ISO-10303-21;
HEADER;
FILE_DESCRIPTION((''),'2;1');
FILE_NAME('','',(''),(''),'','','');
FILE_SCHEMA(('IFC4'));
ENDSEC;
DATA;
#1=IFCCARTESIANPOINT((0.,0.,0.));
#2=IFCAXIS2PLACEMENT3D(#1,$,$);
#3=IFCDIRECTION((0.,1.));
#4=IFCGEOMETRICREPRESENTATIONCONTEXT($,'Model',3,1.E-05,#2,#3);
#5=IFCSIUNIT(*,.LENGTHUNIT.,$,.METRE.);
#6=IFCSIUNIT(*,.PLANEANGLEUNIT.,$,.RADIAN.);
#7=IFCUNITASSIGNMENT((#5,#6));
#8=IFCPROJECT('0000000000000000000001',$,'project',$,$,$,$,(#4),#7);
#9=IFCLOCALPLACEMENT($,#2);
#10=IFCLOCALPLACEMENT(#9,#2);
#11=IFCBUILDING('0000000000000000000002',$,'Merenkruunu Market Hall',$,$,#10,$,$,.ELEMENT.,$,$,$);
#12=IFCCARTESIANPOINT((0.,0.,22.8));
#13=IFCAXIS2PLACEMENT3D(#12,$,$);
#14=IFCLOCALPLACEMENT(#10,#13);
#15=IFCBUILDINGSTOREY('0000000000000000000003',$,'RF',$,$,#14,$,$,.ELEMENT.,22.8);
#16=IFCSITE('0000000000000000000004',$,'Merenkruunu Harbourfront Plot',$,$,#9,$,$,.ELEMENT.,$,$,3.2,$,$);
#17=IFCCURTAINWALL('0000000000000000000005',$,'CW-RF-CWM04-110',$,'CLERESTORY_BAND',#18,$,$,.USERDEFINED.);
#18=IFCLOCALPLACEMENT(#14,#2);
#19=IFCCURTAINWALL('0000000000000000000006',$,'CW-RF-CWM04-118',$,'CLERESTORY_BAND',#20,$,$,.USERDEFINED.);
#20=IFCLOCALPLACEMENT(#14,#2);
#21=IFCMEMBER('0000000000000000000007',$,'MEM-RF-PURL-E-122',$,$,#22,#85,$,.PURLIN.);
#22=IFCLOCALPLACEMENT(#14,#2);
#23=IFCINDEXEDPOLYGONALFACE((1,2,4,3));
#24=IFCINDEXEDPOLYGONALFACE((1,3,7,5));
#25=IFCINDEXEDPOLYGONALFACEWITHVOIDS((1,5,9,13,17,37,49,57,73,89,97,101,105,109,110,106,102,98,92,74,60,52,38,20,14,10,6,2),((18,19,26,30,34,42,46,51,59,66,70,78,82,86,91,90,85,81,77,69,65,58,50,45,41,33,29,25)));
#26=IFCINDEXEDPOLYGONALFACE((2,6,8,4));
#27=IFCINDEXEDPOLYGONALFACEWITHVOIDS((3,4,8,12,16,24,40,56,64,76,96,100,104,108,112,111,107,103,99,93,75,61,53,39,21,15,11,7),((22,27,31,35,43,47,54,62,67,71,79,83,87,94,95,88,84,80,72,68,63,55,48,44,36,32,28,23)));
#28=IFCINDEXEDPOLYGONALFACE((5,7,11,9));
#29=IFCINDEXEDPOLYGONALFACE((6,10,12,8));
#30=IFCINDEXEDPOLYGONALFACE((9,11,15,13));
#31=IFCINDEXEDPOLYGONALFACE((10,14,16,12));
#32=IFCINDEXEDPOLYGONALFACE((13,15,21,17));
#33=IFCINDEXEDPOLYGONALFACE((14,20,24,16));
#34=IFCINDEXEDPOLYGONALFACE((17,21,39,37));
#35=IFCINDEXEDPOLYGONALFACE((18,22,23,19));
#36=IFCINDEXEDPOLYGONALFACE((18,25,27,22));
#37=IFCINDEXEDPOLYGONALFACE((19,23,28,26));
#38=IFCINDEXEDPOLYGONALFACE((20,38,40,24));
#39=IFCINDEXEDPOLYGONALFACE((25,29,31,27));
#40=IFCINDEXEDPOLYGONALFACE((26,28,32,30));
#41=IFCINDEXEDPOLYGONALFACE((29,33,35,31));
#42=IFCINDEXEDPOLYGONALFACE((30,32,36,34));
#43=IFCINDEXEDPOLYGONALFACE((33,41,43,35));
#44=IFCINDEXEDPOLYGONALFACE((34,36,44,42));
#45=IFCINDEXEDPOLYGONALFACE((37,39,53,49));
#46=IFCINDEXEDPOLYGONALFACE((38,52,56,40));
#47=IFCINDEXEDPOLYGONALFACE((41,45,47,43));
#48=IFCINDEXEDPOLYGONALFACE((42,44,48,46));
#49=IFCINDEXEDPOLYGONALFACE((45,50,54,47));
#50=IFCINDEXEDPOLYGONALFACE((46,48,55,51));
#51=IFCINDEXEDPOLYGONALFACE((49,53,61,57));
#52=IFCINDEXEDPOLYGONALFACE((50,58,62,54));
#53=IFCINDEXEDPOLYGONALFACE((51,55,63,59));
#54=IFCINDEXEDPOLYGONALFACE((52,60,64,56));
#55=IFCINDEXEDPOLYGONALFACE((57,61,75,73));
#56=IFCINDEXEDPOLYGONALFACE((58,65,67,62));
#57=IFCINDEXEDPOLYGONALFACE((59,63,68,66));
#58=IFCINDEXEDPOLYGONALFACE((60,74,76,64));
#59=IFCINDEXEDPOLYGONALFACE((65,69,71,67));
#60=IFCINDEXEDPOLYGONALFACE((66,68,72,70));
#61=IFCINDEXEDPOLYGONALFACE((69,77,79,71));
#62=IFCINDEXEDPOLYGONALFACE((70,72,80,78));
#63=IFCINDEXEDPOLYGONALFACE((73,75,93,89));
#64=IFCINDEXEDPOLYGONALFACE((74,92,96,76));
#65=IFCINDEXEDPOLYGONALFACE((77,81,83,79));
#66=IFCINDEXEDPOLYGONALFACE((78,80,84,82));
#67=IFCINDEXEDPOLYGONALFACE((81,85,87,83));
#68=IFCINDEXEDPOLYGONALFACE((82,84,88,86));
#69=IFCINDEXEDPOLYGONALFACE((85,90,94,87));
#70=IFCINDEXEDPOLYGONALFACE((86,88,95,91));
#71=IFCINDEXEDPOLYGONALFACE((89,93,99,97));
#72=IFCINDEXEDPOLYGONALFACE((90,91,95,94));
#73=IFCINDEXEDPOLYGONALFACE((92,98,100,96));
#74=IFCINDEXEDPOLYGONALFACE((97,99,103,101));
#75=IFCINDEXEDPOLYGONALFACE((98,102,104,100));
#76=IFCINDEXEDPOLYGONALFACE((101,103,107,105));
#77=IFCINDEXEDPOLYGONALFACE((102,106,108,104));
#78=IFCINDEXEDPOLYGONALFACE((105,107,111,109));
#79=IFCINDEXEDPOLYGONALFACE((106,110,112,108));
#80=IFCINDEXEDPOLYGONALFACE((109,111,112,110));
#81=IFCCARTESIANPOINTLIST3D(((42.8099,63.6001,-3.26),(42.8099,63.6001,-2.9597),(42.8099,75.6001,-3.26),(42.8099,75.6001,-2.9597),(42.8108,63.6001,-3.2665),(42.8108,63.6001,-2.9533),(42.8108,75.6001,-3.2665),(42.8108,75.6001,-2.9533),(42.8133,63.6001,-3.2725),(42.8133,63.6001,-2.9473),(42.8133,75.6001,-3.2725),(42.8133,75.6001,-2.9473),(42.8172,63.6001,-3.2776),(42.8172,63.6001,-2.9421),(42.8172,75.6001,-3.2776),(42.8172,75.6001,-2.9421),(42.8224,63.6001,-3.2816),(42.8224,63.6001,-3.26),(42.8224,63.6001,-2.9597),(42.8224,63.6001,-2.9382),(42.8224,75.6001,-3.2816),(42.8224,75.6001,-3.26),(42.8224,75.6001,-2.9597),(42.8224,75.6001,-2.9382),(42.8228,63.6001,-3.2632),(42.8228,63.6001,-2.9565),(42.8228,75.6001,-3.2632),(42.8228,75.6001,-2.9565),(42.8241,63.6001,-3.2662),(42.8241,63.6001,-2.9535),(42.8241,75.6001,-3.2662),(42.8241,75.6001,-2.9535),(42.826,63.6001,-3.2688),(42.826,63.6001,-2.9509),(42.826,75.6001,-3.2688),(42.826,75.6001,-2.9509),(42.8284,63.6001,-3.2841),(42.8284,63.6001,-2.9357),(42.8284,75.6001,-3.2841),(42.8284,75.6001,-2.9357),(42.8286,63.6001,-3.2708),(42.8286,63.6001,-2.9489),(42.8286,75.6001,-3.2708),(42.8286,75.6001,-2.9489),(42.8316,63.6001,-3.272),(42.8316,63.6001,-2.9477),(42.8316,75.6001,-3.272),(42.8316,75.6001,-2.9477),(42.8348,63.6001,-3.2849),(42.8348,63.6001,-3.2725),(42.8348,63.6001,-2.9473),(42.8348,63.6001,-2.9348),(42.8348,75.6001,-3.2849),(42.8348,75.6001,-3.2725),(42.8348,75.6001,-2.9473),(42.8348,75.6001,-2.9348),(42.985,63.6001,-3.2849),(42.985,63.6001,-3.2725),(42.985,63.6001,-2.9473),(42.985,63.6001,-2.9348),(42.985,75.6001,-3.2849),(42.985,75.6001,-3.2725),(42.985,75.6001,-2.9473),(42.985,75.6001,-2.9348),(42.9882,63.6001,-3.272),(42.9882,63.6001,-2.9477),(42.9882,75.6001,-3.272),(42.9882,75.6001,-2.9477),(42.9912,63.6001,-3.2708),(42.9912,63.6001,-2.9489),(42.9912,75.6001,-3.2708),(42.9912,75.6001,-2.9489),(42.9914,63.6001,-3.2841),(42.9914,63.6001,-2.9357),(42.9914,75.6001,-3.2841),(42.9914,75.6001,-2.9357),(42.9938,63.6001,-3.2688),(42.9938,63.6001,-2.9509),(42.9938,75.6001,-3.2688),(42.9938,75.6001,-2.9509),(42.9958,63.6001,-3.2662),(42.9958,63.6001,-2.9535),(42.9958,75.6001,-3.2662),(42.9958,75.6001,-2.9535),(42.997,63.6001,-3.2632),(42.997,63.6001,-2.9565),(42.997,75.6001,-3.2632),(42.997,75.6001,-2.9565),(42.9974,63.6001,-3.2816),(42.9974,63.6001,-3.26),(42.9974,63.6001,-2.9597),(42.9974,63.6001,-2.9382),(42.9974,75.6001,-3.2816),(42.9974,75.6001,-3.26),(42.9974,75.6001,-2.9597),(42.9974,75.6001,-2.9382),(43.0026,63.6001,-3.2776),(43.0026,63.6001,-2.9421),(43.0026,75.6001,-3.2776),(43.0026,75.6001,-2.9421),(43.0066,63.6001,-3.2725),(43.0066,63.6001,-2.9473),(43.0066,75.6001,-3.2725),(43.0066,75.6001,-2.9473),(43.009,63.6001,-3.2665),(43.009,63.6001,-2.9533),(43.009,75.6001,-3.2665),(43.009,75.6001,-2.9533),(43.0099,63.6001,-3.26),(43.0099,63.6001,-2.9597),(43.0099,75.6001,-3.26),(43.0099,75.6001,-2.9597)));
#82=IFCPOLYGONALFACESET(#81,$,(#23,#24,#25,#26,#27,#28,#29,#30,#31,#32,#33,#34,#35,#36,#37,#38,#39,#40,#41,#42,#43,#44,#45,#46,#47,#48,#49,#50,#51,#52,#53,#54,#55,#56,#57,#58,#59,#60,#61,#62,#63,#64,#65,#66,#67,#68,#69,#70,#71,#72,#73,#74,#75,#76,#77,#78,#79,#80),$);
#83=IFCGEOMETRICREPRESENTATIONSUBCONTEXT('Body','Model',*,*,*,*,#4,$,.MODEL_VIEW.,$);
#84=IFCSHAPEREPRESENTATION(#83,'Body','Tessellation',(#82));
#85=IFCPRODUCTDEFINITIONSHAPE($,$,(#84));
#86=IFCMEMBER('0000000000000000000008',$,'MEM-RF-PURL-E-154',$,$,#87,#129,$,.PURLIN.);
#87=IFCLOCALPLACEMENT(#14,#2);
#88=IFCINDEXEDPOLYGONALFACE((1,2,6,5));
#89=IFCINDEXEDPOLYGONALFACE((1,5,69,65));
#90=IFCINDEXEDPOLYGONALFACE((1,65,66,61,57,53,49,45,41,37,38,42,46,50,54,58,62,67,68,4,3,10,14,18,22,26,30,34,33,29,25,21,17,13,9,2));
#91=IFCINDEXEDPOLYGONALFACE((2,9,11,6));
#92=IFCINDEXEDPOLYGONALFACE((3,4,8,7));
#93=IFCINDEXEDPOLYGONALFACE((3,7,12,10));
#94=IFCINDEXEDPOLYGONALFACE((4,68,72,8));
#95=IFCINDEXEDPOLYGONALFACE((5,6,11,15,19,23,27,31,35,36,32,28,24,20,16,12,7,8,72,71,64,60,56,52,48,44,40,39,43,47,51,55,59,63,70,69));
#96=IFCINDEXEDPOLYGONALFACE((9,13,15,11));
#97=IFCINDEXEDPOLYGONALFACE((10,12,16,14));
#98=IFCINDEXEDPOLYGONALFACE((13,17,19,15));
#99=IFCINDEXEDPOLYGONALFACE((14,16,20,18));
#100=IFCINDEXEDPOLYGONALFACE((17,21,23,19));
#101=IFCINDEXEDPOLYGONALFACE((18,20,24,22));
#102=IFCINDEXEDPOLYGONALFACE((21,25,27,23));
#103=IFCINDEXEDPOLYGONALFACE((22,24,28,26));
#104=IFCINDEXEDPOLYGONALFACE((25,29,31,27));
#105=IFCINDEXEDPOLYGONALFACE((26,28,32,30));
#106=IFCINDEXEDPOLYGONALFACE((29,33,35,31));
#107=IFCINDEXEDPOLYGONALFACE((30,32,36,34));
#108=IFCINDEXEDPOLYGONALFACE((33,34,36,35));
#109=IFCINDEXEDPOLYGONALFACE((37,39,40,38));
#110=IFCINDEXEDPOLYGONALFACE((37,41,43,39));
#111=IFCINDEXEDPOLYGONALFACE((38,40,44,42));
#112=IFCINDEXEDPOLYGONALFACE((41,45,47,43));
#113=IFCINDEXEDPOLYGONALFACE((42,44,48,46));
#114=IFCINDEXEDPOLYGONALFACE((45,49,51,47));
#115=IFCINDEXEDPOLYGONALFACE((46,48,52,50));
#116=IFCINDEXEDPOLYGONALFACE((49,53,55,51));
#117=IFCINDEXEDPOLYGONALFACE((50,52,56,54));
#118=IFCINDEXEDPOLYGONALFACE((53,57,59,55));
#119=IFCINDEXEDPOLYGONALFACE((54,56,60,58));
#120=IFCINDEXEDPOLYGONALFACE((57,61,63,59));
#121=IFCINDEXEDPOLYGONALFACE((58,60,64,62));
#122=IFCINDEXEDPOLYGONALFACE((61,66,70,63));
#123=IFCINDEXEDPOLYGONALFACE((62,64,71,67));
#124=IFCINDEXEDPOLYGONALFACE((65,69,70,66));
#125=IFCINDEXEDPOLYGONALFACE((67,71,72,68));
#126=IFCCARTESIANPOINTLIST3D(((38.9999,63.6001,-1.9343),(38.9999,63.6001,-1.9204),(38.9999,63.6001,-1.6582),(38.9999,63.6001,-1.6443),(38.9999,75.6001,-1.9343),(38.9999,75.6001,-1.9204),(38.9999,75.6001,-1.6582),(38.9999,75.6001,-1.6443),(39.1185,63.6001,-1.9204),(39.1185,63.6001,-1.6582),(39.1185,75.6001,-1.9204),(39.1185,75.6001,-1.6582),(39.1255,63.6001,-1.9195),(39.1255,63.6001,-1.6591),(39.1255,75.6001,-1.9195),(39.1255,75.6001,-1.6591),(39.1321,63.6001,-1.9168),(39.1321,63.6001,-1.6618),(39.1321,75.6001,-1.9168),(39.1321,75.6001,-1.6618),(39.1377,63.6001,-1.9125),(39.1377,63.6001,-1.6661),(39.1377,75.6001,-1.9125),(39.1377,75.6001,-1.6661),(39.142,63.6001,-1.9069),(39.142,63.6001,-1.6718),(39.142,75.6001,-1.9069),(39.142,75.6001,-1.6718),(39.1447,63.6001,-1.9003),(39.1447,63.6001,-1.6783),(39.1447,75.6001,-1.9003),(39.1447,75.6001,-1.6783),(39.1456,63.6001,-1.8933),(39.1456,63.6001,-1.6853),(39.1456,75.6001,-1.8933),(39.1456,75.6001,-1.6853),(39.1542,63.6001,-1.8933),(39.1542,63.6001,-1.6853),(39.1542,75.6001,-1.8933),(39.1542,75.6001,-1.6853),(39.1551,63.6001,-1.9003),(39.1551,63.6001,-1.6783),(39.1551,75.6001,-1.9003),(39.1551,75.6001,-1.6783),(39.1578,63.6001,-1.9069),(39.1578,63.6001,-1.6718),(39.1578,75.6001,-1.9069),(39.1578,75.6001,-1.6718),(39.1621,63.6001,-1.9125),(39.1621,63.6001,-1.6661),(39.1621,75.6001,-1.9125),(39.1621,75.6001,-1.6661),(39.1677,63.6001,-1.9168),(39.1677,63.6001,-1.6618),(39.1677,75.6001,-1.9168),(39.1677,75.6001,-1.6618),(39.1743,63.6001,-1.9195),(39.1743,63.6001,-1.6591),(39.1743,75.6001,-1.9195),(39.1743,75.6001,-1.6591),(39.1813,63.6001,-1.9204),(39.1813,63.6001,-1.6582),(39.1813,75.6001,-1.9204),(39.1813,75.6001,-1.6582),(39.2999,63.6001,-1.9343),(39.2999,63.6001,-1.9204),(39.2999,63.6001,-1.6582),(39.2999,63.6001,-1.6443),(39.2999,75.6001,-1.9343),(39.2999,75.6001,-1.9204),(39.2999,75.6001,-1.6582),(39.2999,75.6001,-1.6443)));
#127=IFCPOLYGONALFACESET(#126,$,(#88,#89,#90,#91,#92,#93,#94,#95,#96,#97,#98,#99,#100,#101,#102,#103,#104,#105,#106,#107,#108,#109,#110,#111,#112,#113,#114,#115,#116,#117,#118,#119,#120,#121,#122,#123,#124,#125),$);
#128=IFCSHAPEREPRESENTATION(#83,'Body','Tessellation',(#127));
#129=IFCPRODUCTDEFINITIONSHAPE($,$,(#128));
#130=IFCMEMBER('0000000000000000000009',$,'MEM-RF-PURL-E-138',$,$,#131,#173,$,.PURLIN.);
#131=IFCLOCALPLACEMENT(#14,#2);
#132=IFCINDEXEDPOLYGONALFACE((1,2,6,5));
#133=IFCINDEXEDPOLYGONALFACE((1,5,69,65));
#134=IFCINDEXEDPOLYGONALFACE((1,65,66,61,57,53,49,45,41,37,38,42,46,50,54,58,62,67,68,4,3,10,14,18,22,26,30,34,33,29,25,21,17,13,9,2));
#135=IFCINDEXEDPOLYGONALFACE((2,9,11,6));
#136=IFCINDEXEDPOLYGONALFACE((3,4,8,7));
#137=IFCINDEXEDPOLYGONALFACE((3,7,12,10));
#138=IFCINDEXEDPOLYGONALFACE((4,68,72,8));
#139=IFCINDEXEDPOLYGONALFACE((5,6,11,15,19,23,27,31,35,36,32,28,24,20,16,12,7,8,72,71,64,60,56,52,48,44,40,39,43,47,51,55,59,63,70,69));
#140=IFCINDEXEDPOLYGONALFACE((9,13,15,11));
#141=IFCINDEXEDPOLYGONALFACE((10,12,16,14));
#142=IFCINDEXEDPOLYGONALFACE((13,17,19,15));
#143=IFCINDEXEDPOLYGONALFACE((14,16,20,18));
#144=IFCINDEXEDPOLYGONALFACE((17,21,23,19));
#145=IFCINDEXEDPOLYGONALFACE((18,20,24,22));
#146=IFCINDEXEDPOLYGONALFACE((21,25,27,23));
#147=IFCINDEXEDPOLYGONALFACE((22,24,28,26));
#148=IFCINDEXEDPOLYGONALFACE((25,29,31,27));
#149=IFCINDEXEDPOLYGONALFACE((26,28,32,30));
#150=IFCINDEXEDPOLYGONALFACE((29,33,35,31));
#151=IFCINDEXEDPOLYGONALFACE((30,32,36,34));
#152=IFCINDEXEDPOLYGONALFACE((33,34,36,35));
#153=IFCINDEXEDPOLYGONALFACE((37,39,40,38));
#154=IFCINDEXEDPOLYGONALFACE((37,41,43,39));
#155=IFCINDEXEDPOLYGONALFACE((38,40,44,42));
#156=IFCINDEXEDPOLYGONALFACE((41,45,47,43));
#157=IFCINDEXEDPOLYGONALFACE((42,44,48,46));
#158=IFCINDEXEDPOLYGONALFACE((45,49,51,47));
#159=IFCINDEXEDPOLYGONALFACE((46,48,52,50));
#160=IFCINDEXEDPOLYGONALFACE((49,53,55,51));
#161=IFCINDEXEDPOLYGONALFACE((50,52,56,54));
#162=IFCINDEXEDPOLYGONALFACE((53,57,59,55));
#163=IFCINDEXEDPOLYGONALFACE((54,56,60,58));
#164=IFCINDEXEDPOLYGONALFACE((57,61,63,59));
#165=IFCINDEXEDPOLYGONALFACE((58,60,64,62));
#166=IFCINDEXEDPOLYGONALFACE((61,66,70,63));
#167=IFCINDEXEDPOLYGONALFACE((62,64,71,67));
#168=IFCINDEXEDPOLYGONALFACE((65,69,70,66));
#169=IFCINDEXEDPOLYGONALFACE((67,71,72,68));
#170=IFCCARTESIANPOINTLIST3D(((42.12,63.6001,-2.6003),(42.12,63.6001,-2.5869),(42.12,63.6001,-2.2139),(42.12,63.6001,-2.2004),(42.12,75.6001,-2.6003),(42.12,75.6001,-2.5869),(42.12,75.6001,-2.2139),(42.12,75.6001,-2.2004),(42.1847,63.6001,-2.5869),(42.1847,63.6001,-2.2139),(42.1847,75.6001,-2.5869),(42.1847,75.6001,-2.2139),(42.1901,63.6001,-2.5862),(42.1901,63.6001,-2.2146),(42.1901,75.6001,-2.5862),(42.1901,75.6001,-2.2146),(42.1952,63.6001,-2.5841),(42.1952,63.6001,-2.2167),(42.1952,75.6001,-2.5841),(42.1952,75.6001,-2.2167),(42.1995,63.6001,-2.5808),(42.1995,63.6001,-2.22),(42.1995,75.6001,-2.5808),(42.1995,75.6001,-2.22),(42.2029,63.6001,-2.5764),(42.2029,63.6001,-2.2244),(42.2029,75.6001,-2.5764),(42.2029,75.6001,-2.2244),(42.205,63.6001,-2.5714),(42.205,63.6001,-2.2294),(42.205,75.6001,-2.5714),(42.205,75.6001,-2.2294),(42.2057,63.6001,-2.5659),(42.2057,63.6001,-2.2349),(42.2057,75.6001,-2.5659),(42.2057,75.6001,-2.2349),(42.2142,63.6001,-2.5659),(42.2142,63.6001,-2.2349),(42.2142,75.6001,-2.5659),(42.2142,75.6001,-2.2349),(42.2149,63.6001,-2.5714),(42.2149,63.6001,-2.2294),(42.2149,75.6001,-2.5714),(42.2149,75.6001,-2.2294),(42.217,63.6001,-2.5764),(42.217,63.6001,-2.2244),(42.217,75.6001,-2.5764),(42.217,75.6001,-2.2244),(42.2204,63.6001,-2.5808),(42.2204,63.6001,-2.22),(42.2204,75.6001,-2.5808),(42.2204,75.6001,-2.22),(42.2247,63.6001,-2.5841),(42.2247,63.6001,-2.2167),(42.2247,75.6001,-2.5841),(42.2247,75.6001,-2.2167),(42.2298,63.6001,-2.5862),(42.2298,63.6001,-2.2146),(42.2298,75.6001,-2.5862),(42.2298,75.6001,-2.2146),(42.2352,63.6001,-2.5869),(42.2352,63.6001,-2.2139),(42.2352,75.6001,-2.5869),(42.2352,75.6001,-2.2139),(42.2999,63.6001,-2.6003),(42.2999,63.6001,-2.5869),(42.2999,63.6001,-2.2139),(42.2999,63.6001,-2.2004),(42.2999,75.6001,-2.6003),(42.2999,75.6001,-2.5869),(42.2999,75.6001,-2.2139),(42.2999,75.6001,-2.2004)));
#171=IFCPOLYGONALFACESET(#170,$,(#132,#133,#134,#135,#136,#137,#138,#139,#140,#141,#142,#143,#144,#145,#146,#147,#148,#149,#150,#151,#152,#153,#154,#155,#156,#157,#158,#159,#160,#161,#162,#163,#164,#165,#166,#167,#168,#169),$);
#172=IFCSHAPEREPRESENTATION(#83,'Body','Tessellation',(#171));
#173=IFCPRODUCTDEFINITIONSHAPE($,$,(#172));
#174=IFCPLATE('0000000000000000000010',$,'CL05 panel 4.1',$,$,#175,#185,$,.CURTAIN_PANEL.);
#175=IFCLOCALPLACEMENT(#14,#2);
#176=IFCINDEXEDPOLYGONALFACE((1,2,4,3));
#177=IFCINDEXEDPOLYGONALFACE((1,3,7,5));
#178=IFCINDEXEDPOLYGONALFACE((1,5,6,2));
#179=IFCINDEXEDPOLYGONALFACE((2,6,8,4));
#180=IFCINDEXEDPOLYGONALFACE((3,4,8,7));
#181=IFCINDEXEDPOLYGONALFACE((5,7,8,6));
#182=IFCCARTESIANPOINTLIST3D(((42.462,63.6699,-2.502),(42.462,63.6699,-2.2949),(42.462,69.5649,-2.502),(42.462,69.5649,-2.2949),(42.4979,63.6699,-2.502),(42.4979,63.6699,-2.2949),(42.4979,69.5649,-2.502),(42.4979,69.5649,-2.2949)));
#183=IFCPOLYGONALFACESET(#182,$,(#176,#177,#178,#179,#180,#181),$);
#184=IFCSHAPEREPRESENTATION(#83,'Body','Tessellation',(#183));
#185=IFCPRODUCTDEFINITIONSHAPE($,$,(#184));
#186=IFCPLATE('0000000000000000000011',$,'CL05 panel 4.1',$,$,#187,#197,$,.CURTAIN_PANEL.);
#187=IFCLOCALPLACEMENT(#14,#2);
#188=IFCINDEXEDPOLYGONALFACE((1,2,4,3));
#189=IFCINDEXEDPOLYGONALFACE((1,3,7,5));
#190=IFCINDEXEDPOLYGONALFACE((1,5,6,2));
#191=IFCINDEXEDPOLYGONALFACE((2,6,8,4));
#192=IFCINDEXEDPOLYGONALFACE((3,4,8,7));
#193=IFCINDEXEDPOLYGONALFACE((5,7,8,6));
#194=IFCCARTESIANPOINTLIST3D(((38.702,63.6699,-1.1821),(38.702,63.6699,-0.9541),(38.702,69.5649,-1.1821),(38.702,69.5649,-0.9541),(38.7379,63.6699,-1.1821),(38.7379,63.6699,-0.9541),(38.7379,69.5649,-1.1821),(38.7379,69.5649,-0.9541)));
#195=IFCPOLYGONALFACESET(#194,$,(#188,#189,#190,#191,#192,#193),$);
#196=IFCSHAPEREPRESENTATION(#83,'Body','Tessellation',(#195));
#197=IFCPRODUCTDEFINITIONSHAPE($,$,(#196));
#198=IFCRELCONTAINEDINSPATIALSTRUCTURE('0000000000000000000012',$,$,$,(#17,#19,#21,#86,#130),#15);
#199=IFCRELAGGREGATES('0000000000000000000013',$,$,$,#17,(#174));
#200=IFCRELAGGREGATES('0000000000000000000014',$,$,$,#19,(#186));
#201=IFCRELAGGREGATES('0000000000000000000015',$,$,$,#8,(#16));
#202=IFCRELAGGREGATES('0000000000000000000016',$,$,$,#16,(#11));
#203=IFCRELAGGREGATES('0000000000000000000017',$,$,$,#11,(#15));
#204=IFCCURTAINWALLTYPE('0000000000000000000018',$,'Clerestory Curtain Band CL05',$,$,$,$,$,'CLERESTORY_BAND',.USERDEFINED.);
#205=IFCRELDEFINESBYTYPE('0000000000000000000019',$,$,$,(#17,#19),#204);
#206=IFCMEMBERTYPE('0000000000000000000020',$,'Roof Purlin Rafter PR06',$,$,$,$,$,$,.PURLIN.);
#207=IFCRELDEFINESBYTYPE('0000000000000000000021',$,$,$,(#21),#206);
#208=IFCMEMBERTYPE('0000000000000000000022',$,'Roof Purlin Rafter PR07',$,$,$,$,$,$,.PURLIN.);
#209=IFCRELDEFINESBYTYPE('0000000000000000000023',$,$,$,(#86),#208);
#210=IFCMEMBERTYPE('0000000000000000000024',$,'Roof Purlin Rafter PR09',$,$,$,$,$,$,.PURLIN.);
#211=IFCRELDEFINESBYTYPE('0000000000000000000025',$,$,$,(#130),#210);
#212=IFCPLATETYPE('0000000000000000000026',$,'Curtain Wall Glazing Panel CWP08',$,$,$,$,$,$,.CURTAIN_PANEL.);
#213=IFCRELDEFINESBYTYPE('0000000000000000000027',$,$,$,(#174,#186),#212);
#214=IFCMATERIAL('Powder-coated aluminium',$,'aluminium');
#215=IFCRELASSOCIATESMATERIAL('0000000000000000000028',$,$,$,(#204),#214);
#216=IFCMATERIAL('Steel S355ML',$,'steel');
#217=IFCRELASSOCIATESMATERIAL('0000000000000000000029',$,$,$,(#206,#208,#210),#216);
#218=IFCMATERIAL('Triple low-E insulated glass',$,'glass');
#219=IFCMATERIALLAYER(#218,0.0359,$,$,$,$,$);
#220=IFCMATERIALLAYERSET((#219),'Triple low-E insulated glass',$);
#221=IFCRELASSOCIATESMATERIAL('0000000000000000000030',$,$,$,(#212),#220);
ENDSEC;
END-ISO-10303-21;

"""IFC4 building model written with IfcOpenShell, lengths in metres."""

from ifc_helpers import new_model, si_unit, direction, frame, origin, origin_2d, place, context, subcontext, project, spatial, rectangle, hollow_rectangle, i_section, extrude, material, layer, layer_set, material_profile, profile_set, type_object, element, aggregate, save


model = new_model("IFC4")

# Units and contexts
model_context = context("Model", 3, precision=1e-05, world=origin(), true_north=direction((0.0, 1.0)))
body_context = subcontext(model_context, "Body", "Model", "MODEL_VIEW")
ifc_project = project(units=[si_unit("LENGTHUNIT", "METRE"), si_unit("PLANEANGLEUNIT", "RADIAN")], contexts=[model_context])

# Site, building, storey
site_placement = place(None, origin())
site = spatial("IfcSite", under=ifc_project, at=site_placement, Name="Merenkruunu Harbourfront Plot", CompositionType="ELEMENT", RefElevation=3.2)
building_placement = place(site_placement, origin())
building = spatial("IfcBuilding", under=site, at=building_placement, Name="Merenkruunu Market Hall", CompositionType="ELEMENT")
storey_placement = place(building_placement, frame((0.0, 0.0, 22.8)))
storey = spatial("IfcBuildingStorey", under=building, at=storey_placement, Name="RF", CompositionType="ELEMENT", Elevation=22.8)

# Shared definitions
ifc_material_1 = material(Name="Steel S355ML", Category="steel")

# Curtain walls
ifc_material_2 = material(Name="Powder-coated aluminium", Category="aluminium")
curtain_wall_type = type_object("IfcCurtainWallType", Name="Clerestory Curtain Band CL05", ElementType="CLERESTORY_BAND", PredefinedType="USERDEFINED", material=ifc_material_2)
curtain_wall_1_placement = place(storey_placement, origin())
curtain_wall_1 = element("IfcCurtainWall", 1, at=curtain_wall_1_placement, inside=storey, type_object=curtain_wall_type, Name="CW-RF-CWM04-110", ObjectType="CLERESTORY_BAND", PredefinedType="USERDEFINED")
curtain_wall_2_placement = place(storey_placement, origin())
curtain_wall_2 = element("IfcCurtainWall", 2, at=curtain_wall_2_placement, inside=storey, type_object=curtain_wall_type, Name="CW-RF-CWM04-118", ObjectType="CLERESTORY_BAND", PredefinedType="USERDEFINED")

# Members
ifc_material_profile_1 = material_profile(ifc_material_1, hollow_rectangle(XDim=0.2, YDim=0.3501, WallThickness=0.0125, InnerFilletRadius=0.0125, OuterFilletRadius=0.0249, at=origin_2d()), Name="RHS 350x200x12.5")
ifc_profile_set_1 = profile_set([ifc_material_profile_1], Name="Steel S355ML")
member_type_1 = type_object("IfcMemberType", Name="Roof Purlin Rafter PR06", PredefinedType="PURLIN", material=ifc_profile_set_1)
member_1_placement = place(storey_placement, frame((42.9099, 63.6001, -3.1099), z_axis=(0.0, 1.0, 0.0), x_axis=(-1.0, 0.0, 0.0)))
element("IfcMember", 3, at=member_1_placement, inside=storey, type_object=member_type_1, Name="MEM-RF-PURL-E-122", PredefinedType="PURLIN", context=body_context, shape_type="SweptSolid", body=[
    extrude(hollow_rectangle(XDim=0.2, YDim=0.3501, WallThickness=0.0125, InnerFilletRadius=0.0125, OuterFilletRadius=0.0249, at=origin_2d()), origin(), (0.0, 0.0, 1.0), 12.0),
])
ifc_material_profile_2 = material_profile(ifc_material_1, i_section(OverallWidth=0.3, OverallDepth=0.29, WebThickness=0.0085, FlangeThickness=0.0139, FilletRadius=0.0271, at=origin_2d()), Name="HEA 300")
ifc_profile_set_2 = profile_set([ifc_material_profile_2], Name="Steel S355ML")
member_type_2 = type_object("IfcMemberType", Name="Roof Purlin Rafter PR07", PredefinedType="PURLIN", material=ifc_profile_set_2)
member_2_placement = place(storey_placement, frame((39.1499, 63.6001, -1.7893), z_axis=(0.0, 1.0, 0.0), x_axis=(-1.0, 0.0, 0.0)))
element("IfcMember", 4, at=member_2_placement, inside=storey, type_object=member_type_2, Name="MEM-RF-PURL-E-154", PredefinedType="PURLIN", context=body_context, shape_type="SweptSolid", body=[
    extrude(i_section(OverallWidth=0.3, OverallDepth=0.29, WebThickness=0.0085, FlangeThickness=0.0139, FilletRadius=0.0271, at=origin_2d()), origin(), (0.0, 0.0, 1.0), 12.0),
])
ifc_material_profile_3 = material_profile(ifc_material_1, i_section(OverallWidth=0.1799, OverallDepth=0.3999, WebThickness=0.0085, FlangeThickness=0.0134, FilletRadius=0.021, at=origin_2d()), Name="IPE 400")
ifc_profile_set_3 = profile_set([ifc_material_profile_3], Name="Steel S355ML")
member_type_3 = type_object("IfcMemberType", Name="Roof Purlin Rafter PR09", PredefinedType="PURLIN", material=ifc_profile_set_3)
member_3_placement = place(storey_placement, frame((42.21, 63.6001, -2.4004), z_axis=(0.0, 1.0, 0.0), x_axis=(-1.0, 0.0, 0.0)))
element("IfcMember", 5, at=member_3_placement, inside=storey, type_object=member_type_3, Name="MEM-RF-PURL-E-138", PredefinedType="PURLIN", context=body_context, shape_type="SweptSolid", body=[
    extrude(i_section(OverallWidth=0.1799, OverallDepth=0.3999, WebThickness=0.0085, FlangeThickness=0.0134, FilletRadius=0.021, at=origin_2d()), origin(), (0.0, 0.0, 1.0), 12.0),
])

# Plates
ifc_material_3 = material(Name="Triple low-E insulated glass", Category="glass")
ifc_layer_1 = layer(ifc_material_3, 0.0359)
ifc_layer_set_1 = layer_set([ifc_layer_1], Name="Triple low-E insulated glass")
plate_type_1 = type_object("IfcPlateType", Name="Curtain Wall Glazing Panel CWP08", PredefinedType="CURTAIN_PANEL", material=ifc_layer_set_1)
plate_1_placement = place(storey_placement, frame((42.48, 66.6174, -2.502), z_axis=(0.0, 0.0, 1.0), x_axis=(0.0, -1.0, 0.0)))
plate_1 = element("IfcPlate", 6, at=plate_1_placement, type_object=plate_type_1, Name="CL05 panel 4.1", PredefinedType="CURTAIN_PANEL", context=body_context, shape_type="SweptSolid", body=[
    extrude(rectangle(XDim=5.895, YDim=0.0359, at=origin_2d()), origin(), (0.0, 0.0, 1.0), 0.207),
])
aggregate(curtain_wall_1, [plate_1])
plate_2_placement = place(storey_placement, frame((38.72, 66.6174, -1.1821), z_axis=(0.0, 0.0, 1.0), x_axis=(0.0, -1.0, 0.0)))
plate_2 = element("IfcPlate", 7, at=plate_2_placement, type_object=plate_type_1, Name="CL05 panel 4.1", PredefinedType="CURTAIN_PANEL", context=body_context, shape_type="SweptSolid", body=[
    extrude(rectangle(XDim=5.895, YDim=0.0359, at=origin_2d()), origin(), (0.0, 0.0, 1.0), 0.228),
])
aggregate(curtain_wall_2, [plate_2])

save(model, "model.ifc")
